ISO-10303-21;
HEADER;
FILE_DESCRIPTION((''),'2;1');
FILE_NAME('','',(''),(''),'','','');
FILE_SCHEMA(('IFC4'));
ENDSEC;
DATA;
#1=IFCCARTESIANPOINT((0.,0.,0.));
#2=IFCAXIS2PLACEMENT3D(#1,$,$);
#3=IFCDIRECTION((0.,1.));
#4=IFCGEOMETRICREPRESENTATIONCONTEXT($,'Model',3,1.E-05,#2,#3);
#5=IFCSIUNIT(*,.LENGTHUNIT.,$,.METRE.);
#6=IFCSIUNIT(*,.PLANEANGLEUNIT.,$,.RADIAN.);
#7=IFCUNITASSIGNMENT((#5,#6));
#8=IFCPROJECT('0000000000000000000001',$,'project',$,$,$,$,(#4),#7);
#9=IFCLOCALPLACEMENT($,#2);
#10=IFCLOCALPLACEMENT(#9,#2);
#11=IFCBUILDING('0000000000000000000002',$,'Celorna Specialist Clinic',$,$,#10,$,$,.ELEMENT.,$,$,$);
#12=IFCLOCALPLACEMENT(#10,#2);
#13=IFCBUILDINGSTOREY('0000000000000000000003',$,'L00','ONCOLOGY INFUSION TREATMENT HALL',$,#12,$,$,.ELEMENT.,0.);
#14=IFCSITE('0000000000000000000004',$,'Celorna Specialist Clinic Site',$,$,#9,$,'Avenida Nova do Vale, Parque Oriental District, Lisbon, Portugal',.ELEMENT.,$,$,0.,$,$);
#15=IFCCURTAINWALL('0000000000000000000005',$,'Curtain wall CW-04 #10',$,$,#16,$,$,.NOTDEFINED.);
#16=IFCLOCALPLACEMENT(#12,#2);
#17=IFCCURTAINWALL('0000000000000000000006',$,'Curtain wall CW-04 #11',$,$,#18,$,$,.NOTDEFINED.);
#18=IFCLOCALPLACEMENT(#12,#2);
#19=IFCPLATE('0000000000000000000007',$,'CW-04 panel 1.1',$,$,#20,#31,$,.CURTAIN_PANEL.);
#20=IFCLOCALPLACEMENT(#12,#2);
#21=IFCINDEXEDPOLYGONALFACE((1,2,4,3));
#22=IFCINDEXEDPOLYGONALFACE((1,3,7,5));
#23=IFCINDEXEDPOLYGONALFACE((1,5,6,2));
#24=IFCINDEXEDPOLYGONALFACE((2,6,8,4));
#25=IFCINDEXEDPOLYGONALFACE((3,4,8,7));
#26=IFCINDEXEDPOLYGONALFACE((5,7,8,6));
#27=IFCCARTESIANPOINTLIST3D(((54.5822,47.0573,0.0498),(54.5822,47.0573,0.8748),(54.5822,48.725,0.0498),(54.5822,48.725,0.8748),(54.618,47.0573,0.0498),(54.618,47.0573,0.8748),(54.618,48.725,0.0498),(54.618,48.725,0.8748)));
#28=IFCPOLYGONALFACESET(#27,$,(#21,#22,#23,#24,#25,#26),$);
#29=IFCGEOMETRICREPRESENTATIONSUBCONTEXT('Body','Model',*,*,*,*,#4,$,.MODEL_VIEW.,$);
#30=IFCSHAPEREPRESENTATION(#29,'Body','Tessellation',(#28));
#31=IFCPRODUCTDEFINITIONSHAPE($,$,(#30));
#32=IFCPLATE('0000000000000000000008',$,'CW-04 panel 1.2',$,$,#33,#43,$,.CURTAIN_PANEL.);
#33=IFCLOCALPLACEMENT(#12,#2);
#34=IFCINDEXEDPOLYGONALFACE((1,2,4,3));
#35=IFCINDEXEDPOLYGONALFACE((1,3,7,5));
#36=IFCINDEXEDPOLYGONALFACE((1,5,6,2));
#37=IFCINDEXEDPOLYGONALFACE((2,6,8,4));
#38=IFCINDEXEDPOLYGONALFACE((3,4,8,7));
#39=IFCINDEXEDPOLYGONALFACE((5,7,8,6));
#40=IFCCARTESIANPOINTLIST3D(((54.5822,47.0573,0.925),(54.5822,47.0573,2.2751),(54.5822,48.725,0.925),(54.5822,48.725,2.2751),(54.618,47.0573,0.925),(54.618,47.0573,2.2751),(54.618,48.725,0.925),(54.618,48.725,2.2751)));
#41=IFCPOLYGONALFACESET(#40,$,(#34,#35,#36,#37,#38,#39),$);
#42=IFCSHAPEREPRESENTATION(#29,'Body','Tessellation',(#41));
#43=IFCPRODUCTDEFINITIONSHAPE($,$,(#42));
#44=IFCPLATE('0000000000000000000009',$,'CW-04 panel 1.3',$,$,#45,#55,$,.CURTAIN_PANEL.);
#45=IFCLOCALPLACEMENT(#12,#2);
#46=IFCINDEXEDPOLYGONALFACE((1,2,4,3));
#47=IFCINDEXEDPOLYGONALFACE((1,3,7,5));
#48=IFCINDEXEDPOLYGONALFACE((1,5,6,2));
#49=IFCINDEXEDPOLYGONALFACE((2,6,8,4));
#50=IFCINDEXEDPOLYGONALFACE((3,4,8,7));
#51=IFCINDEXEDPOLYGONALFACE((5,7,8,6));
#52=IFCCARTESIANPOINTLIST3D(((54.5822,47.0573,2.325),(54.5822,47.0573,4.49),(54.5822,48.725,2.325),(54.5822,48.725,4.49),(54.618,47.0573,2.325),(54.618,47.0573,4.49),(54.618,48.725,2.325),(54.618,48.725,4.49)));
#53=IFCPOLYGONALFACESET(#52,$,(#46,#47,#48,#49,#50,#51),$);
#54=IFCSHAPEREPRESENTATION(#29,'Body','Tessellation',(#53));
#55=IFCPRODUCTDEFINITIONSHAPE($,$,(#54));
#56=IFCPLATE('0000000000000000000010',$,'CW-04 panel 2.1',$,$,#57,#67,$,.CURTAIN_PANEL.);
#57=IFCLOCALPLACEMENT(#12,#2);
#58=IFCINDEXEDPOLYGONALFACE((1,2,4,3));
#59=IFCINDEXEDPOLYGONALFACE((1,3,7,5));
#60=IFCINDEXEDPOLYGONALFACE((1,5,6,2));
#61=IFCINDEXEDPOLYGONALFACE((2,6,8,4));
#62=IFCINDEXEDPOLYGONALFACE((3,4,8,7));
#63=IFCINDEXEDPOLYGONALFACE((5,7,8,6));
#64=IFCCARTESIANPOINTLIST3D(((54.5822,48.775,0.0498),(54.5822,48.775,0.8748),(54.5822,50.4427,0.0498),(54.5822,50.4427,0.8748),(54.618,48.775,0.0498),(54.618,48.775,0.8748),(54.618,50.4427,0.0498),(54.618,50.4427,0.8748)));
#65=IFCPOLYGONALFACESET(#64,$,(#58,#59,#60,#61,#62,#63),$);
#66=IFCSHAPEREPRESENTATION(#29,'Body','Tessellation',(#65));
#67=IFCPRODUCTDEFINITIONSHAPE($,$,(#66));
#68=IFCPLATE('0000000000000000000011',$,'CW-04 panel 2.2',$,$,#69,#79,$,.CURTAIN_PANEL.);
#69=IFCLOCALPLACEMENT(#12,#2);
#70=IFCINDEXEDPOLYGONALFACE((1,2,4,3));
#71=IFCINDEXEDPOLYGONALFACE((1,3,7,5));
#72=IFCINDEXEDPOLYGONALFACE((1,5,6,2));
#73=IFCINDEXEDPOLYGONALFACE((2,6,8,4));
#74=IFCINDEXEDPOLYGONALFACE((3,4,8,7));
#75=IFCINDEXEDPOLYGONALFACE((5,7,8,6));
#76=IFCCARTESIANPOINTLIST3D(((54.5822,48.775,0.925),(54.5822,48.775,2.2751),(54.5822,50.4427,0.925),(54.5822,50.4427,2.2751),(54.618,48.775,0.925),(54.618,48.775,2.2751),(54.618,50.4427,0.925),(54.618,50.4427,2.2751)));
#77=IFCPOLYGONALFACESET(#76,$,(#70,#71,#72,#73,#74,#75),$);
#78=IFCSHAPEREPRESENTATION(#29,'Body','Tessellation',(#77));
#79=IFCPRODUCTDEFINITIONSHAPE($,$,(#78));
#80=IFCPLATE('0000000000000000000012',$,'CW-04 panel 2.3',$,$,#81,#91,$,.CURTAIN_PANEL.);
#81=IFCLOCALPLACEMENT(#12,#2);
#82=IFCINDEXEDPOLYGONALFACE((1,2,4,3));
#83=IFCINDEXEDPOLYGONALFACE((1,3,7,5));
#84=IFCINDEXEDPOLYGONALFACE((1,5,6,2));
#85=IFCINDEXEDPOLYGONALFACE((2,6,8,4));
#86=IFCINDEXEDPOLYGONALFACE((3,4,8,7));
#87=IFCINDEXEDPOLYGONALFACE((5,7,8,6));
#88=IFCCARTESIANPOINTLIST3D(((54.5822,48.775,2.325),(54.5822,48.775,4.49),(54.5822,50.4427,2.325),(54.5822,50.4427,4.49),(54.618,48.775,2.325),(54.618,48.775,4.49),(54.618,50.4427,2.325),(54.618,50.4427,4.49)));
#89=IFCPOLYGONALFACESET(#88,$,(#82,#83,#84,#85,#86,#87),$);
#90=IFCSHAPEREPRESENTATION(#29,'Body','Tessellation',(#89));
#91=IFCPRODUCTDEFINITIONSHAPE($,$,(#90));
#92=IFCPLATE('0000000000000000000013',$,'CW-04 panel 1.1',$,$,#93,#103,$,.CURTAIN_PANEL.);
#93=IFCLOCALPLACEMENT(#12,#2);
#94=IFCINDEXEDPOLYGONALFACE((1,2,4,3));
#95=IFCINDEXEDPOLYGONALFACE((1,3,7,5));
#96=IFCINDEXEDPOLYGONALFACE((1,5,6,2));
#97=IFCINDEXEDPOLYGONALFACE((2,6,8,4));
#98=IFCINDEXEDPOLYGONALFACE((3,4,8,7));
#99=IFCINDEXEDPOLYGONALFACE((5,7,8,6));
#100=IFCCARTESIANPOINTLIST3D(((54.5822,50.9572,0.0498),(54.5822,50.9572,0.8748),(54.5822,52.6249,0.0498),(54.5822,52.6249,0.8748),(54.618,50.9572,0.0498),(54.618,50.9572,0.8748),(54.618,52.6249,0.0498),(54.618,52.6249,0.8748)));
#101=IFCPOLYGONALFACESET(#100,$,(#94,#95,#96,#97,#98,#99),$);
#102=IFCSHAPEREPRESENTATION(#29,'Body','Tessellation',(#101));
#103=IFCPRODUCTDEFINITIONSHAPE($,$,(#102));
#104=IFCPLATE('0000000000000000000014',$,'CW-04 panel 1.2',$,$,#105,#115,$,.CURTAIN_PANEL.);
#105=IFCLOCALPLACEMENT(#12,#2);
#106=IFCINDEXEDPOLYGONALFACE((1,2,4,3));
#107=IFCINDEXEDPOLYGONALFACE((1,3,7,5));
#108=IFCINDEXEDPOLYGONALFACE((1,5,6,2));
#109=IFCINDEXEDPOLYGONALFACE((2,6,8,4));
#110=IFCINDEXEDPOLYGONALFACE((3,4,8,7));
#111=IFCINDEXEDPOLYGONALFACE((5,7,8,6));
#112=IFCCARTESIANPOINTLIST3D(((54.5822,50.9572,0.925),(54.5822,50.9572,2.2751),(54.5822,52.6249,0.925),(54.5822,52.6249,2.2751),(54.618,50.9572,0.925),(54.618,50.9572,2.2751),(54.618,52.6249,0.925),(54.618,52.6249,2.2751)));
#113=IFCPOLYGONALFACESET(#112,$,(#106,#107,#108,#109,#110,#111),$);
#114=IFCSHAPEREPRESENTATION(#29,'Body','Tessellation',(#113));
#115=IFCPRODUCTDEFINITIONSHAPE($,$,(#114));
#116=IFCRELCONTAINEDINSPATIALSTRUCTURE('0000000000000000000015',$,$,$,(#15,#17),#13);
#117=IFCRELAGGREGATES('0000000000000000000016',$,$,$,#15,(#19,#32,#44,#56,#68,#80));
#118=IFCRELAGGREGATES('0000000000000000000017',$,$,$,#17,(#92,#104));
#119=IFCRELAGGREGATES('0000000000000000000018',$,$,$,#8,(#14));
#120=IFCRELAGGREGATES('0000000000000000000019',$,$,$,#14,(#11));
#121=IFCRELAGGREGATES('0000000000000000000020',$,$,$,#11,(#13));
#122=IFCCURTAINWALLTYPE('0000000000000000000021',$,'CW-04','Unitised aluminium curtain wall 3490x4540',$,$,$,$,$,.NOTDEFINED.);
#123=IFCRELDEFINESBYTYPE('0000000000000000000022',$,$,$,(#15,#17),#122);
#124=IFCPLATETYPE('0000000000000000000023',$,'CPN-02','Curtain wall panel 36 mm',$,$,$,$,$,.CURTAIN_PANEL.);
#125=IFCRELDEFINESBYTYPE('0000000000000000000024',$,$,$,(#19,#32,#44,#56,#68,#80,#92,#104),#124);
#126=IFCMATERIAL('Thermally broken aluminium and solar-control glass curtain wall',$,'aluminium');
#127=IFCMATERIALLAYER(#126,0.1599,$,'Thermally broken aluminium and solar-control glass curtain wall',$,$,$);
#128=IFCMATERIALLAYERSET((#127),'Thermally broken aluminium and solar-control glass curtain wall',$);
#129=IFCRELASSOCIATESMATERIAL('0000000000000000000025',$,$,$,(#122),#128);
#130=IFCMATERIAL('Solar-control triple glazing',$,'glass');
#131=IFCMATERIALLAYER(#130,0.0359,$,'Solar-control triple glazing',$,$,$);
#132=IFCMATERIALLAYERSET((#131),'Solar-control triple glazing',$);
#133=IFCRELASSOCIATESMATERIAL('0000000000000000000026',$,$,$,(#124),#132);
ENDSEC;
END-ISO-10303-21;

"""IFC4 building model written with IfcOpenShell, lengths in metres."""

from ifc_helpers import new_model, si_unit, direction, frame, origin, origin_2d, place, context, subcontext, project, spatial, rectangle, extrude, material, layer, layer_set, type_object, element, aggregate, save


model = new_model("IFC4")

# Units and contexts
model_context = context("Model", 3, precision=1e-05, world=origin(), true_north=direction((0.0, 1.0)))
body_context = subcontext(model_context, "Body", "Model", "MODEL_VIEW")
ifc_project = project(units=[si_unit("LENGTHUNIT", "METRE"), si_unit("PLANEANGLEUNIT", "RADIAN")], contexts=[model_context])

# Site, building, storey
site_placement = place(None, origin())
site = spatial("IfcSite", under=ifc_project, at=site_placement, Name="Celorna Specialist Clinic Site", LongName="Avenida Nova do Vale, Parque Oriental District, Lisbon, Portugal", CompositionType="ELEMENT", RefElevation=0.0)
building_placement = place(site_placement, origin())
building = spatial("IfcBuilding", under=site, at=building_placement, Name="Celorna Specialist Clinic", CompositionType="ELEMENT")
storey_placement = place(building_placement, origin())
storey = spatial("IfcBuildingStorey", under=building, at=storey_placement, Name="L00", Description="ONCOLOGY INFUSION TREATMENT HALL", CompositionType="ELEMENT", Elevation=0.0)

# Shared definitions
ifc_material_1 = material(Name="Thermally broken aluminium and solar-control glass curtain wall", Category="aluminium")

# Curtain wall
ifc_layer_1 = layer(ifc_material_1, 0.1599, Name="Thermally broken aluminium and solar-control glass curtain wall")
ifc_layer_set_1 = layer_set([ifc_layer_1], Name="Thermally broken aluminium and solar-control glass curtain wall")
curtain_wall_type_1 = type_object("IfcCurtainWallType", Name="CW-04", Description="Unitised aluminium curtain wall 3490x4540", PredefinedType="NOTDEFINED", material=ifc_layer_set_1)
curtain_wall_1_placement = place(storey_placement, origin())
curtain_wall_1 = element("IfcCurtainWall", 1, at=curtain_wall_1_placement, inside=storey, type_object=curtain_wall_type_1, Name="Curtain wall CW-04 #10", PredefinedType="NOTDEFINED")

# Curtain wall
curtain_wall_2_placement = place(storey_placement, origin())
curtain_wall_2 = element("IfcCurtainWall", 2, at=curtain_wall_2_placement, inside=storey, type_object=curtain_wall_type_1, Name="Curtain wall CW-04 #11", PredefinedType="NOTDEFINED")

# Plates
ifc_material_2 = material(Name="Solar-control triple glazing", Category="glass")
ifc_layer_2 = layer(ifc_material_2, 0.0359, Name="Solar-control triple glazing")
ifc_layer_set_2 = layer_set([ifc_layer_2], Name="Solar-control triple glazing")
plate_type_1 = type_object("IfcPlateType", Name="CPN-02", Description="Curtain wall panel 36 mm", PredefinedType="CURTAIN_PANEL", material=ifc_layer_set_2)
plate_1_placement = place(storey_placement, frame((54.6001, 47.8911, 0.0498), z_axis=(0.0, 0.0, 1.0), x_axis=(0.0, 1.0, 0.0)))
plate_1 = element("IfcPlate", 3, at=plate_1_placement, type_object=plate_type_1, Name="CW-04 panel 1.1", PredefinedType="CURTAIN_PANEL", context=body_context, shape_type="SweptSolid", body=[
    extrude(rectangle(XDim=1.6677, YDim=0.0359, at=origin_2d()), origin(), (0.0, 0.0, 1.0), 0.825),
])
plate_2_placement = place(storey_placement, frame((54.6001, 47.8911, 0.925), z_axis=(0.0, 0.0, 1.0), x_axis=(0.0, 1.0, 0.0)))
plate_2 = element("IfcPlate", 4, at=plate_2_placement, type_object=plate_type_1, Name="CW-04 panel 1.2", PredefinedType="CURTAIN_PANEL", context=body_context, shape_type="SweptSolid", body=[
    extrude(rectangle(XDim=1.6677, YDim=0.0359, at=origin_2d()), origin(), (0.0, 0.0, 1.0), 1.3501),
])
plate_3_placement = place(storey_placement, frame((54.6001, 47.8911, 2.325), z_axis=(0.0, 0.0, 1.0), x_axis=(0.0, 1.0, 0.0)))
plate_3 = element("IfcPlate", 5, at=plate_3_placement, type_object=plate_type_1, Name="CW-04 panel 1.3", PredefinedType="CURTAIN_PANEL", context=body_context, shape_type="SweptSolid", body=[
    extrude(rectangle(XDim=1.6677, YDim=0.0359, at=origin_2d()), origin(), (0.0, 0.0, 1.0), 2.165),
])
plate_4_placement = place(storey_placement, frame((54.6001, 49.6089, 0.0498), z_axis=(0.0, 0.0, 1.0), x_axis=(0.0, 1.0, 0.0)))
plate_4 = element("IfcPlate", 6, at=plate_4_placement, type_object=plate_type_1, Name="CW-04 panel 2.1", PredefinedType="CURTAIN_PANEL", context=body_context, shape_type="SweptSolid", body=[
    extrude(rectangle(XDim=1.6677, YDim=0.0359, at=origin_2d()), origin(), (0.0, 0.0, 1.0), 0.825),
])
plate_5_placement = place(storey_placement, frame((54.6001, 49.6089, 0.925), z_axis=(0.0, 0.0, 1.0), x_axis=(0.0, 1.0, 0.0)))
plate_5 = element("IfcPlate", 7, at=plate_5_placement, type_object=plate_type_1, Name="CW-04 panel 2.2", PredefinedType="CURTAIN_PANEL", context=body_context, shape_type="SweptSolid", body=[
    extrude(rectangle(XDim=1.6677, YDim=0.0359, at=origin_2d()), origin(), (0.0, 0.0, 1.0), 1.3501),
])
plate_6_placement = place(storey_placement, frame((54.6001, 49.6089, 2.325), z_axis=(0.0, 0.0, 1.0), x_axis=(0.0, 1.0, 0.0)))
plate_6 = element("IfcPlate", 8, at=plate_6_placement, type_object=plate_type_1, Name="CW-04 panel 2.3", PredefinedType="CURTAIN_PANEL", context=body_context, shape_type="SweptSolid", body=[
    extrude(rectangle(XDim=1.6677, YDim=0.0359, at=origin_2d()), origin(), (0.0, 0.0, 1.0), 2.165),
])
aggregate(curtain_wall_1, [plate_1, plate_2, plate_3, plate_4, plate_5, plate_6])
plate_7_placement = place(storey_placement, frame((54.6001, 51.791, 0.0498), z_axis=(0.0, 0.0, 1.0), x_axis=(0.0, 1.0, 0.0)))
plate_7 = element("IfcPlate", 9, at=plate_7_placement, type_object=plate_type_1, Name="CW-04 panel 1.1", PredefinedType="CURTAIN_PANEL", context=body_context, shape_type="SweptSolid", body=[
    extrude(rectangle(XDim=1.6677, YDim=0.0359, at=origin_2d()), origin(), (0.0, 0.0, 1.0), 0.825),
])
plate_8_placement = place(storey_placement, frame((54.6001, 51.791, 0.925), z_axis=(0.0, 0.0, 1.0), x_axis=(0.0, 1.0, 0.0)))
plate_8 = element("IfcPlate", 10, at=plate_8_placement, type_object=plate_type_1, Name="CW-04 panel 1.2", PredefinedType="CURTAIN_PANEL", context=body_context, shape_type="SweptSolid", body=[
    extrude(rectangle(XDim=1.6677, YDim=0.0359, at=origin_2d()), origin(), (0.0, 0.0, 1.0), 1.3501),
])
aggregate(curtain_wall_2, [plate_7, plate_8])

save(model, "model.ifc")
